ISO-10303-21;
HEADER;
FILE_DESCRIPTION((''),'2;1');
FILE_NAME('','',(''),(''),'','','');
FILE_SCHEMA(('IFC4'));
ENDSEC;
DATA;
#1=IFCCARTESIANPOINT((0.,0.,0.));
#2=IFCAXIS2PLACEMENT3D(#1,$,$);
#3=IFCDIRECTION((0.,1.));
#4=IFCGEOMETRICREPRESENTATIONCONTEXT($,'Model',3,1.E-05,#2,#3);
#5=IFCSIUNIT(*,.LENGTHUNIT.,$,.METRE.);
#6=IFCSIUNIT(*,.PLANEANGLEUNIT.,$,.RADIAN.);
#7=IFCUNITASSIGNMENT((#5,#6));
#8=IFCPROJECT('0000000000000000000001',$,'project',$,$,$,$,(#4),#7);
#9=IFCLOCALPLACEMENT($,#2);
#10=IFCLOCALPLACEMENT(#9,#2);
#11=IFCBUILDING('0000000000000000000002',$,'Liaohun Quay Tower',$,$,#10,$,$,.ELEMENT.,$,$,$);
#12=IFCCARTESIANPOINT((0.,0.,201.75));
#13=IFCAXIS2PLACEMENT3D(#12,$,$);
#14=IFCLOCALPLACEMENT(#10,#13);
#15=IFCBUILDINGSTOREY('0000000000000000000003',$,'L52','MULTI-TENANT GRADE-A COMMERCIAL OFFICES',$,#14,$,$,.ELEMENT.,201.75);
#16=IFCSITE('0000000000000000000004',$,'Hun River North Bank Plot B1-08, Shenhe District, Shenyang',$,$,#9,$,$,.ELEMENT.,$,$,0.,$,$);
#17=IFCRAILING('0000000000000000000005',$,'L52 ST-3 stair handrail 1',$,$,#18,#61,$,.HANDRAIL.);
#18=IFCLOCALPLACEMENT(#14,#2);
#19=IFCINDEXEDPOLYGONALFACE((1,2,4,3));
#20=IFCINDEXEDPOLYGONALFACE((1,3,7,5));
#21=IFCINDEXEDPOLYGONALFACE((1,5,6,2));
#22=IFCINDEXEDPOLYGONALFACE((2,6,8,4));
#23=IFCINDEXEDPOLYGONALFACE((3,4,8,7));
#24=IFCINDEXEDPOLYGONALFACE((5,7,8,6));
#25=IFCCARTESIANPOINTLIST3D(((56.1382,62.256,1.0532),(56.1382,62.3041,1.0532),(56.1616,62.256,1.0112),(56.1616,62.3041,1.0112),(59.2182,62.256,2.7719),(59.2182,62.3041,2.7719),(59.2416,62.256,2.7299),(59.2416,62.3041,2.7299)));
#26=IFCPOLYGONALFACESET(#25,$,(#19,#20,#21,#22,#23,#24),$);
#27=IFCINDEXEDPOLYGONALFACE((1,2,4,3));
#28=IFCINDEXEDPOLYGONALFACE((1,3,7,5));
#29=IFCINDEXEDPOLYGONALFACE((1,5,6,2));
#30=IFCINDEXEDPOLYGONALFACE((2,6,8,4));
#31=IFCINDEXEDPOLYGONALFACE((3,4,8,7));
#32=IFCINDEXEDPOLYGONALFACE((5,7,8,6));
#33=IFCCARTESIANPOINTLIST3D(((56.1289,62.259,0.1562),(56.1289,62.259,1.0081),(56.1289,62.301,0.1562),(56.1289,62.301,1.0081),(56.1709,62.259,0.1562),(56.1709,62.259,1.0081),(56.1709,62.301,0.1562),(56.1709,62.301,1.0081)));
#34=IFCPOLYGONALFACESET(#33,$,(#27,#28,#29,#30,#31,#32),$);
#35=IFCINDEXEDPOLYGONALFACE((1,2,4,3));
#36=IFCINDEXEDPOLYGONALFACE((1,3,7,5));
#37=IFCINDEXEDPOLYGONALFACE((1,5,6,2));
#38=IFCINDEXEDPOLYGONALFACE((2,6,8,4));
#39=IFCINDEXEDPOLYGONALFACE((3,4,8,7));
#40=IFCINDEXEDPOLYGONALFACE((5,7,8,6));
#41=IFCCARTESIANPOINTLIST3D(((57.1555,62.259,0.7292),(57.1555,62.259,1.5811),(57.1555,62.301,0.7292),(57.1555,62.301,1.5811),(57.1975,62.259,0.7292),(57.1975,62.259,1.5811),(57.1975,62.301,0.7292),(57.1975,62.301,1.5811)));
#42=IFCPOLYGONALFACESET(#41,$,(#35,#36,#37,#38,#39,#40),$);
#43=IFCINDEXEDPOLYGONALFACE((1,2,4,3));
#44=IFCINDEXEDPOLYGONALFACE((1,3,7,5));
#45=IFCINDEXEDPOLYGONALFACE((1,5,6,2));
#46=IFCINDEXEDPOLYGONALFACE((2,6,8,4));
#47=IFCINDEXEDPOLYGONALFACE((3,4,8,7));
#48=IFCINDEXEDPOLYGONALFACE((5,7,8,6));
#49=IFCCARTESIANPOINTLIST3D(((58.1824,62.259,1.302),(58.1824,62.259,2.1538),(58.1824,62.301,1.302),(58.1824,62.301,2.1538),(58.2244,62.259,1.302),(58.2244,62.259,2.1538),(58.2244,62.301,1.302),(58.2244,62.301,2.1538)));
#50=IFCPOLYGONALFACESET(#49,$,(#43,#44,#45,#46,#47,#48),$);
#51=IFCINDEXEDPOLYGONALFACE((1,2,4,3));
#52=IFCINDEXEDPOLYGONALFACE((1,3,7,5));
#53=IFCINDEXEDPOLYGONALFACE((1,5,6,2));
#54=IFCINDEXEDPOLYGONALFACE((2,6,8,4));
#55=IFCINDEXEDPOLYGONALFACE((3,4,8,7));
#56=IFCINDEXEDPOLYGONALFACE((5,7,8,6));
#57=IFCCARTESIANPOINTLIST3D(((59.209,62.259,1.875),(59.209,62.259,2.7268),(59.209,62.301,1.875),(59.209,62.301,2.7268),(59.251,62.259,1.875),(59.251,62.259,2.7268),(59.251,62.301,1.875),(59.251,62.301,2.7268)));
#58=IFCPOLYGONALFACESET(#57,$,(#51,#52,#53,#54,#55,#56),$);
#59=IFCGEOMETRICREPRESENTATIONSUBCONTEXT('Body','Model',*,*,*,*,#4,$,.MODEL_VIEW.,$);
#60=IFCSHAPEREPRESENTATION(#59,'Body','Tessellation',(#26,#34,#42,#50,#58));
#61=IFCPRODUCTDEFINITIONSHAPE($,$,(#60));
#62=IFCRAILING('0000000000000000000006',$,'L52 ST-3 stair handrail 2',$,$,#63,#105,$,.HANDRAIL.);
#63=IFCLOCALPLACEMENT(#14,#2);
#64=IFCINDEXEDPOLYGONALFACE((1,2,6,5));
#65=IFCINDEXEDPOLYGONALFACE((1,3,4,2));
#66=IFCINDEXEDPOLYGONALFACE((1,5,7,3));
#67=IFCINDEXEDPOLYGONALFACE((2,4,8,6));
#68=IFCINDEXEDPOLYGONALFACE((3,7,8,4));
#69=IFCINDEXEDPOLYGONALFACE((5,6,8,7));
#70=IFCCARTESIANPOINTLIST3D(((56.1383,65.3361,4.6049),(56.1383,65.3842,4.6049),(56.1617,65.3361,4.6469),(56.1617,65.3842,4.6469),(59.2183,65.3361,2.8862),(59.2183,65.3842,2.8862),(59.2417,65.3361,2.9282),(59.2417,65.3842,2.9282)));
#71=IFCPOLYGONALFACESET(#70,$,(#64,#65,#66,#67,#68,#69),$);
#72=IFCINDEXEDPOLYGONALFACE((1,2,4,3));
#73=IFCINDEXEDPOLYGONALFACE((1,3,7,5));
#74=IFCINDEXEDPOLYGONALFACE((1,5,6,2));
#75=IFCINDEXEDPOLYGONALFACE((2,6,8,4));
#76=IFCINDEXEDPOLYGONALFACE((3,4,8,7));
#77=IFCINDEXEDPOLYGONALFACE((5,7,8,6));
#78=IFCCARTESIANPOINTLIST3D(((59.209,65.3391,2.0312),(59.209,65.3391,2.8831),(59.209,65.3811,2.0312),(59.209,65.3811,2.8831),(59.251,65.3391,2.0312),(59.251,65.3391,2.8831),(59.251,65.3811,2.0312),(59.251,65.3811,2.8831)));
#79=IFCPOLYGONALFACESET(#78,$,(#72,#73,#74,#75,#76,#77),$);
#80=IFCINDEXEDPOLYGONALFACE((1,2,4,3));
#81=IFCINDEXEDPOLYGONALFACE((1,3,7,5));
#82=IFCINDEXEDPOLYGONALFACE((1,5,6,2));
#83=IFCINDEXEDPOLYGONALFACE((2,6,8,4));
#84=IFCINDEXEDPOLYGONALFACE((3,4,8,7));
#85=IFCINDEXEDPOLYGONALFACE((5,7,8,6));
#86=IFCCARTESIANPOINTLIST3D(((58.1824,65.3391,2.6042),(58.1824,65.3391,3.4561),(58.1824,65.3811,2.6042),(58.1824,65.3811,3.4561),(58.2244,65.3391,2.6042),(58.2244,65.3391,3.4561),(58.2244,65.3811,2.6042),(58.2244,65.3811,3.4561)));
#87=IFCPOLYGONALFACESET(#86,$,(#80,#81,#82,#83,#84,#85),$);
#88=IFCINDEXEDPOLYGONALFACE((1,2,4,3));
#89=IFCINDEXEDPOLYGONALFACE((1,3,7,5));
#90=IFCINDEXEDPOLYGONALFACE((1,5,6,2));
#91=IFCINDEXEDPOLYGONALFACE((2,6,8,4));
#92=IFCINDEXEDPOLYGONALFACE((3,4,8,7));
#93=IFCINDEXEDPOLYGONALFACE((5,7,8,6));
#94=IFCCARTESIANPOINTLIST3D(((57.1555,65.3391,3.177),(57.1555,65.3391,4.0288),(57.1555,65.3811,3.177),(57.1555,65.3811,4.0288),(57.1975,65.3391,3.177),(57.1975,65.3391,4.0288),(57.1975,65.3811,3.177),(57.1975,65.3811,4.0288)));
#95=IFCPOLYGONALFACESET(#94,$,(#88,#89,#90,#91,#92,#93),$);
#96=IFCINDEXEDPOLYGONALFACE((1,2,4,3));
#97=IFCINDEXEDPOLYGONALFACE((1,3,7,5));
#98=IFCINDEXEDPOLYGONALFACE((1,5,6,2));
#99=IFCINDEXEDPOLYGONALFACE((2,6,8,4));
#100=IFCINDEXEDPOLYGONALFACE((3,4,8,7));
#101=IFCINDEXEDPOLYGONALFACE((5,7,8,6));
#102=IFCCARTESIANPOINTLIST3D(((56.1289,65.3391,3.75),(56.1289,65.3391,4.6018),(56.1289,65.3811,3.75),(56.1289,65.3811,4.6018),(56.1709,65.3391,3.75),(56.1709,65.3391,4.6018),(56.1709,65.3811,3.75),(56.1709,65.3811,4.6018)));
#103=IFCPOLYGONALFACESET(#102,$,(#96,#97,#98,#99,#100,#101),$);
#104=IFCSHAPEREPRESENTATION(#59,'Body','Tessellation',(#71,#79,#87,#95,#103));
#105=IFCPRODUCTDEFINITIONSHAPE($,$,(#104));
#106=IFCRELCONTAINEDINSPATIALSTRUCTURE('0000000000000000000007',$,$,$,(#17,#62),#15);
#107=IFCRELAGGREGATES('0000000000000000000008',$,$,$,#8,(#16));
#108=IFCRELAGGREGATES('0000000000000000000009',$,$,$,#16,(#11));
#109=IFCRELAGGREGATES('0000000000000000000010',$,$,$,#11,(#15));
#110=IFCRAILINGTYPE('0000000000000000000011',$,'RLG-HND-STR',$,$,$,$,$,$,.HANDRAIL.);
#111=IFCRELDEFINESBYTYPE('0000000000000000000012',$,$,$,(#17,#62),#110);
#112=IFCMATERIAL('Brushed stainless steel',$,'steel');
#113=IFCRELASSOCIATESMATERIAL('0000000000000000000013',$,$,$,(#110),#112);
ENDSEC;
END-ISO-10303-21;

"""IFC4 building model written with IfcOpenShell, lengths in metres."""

from ifc_helpers import new_model, si_unit, direction, frame, origin, origin_2d, place, context, subcontext, project, spatial, rectangle, extrude, material, type_object, element, save


model = new_model("IFC4")

# Units and contexts
model_context = context("Model", 3, precision=1e-05, world=origin(), true_north=direction((0.0, 1.0)))
body_context = subcontext(model_context, "Body", "Model", "MODEL_VIEW")
ifc_project = project(units=[si_unit("LENGTHUNIT", "METRE"), si_unit("PLANEANGLEUNIT", "RADIAN")], contexts=[model_context])

# Site, building, storey
site_placement = place(None, origin())
site = spatial("IfcSite", under=ifc_project, at=site_placement, Name="Hun River North Bank Plot B1-08, Shenhe District, Shenyang", CompositionType="ELEMENT", RefElevation=0.0)
building_placement = place(site_placement, origin())
building = spatial("IfcBuilding", under=site, at=building_placement, Name="Liaohun Quay Tower", CompositionType="ELEMENT")
storey_placement = place(building_placement, frame((0.0, 0.0, 201.75)))
storey = spatial("IfcBuildingStorey", under=building, at=storey_placement, Name="L52", Description="MULTI-TENANT GRADE-A COMMERCIAL OFFICES", CompositionType="ELEMENT", Elevation=201.75)

# Railings
ifc_material_1 = material(Name="Brushed stainless steel", Category="steel")
railing_type_1 = type_object("IfcRailingType", Name="RLG-HND-STR", PredefinedType="HANDRAIL", material=ifc_material_1)
railing_1_placement = place(storey_placement, frame((56.1499, 62.28, 0.1562)))
element("IfcRailing", 1, at=railing_1_placement, inside=storey, type_object=railing_type_1, Name="L52 ST-3 stair handrail 1", PredefinedType="HANDRAIL", context=body_context, shape_type="SweptSolid", body=[
    extrude(rectangle(XDim=0.0481, YDim=0.0481, at=origin_2d()), frame((0.0, 0.0, 0.876), z_axis=(0.873242, 0.0, 0.487288), x_axis=(0.0, 1.0, 0.0)), (0.0, 0.0, 1.0), 3.5271),
    extrude(rectangle(XDim=0.042, YDim=0.042, at=origin_2d()), origin(), (0.0, 0.0, 1.0), 0.8518),
    extrude(rectangle(XDim=0.042, YDim=0.042, at=origin_2d()), frame((1.0266, 0.0, 0.573)), (0.0, 0.0, 1.0), 0.8518),
    extrude(rectangle(XDim=0.042, YDim=0.042, at=origin_2d()), frame((2.0535, 0.0, 1.1458)), (0.0, 0.0, 1.0), 0.8518),
    extrude(rectangle(XDim=0.042, YDim=0.042, at=origin_2d()), frame((3.0801, 0.0, 1.7188)), (0.0, 0.0, 1.0), 0.8518),
])
railing_2_placement = place(storey_placement, frame((59.23, 65.3601, 2.0312)))
element("IfcRailing", 2, at=railing_2_placement, inside=storey, type_object=railing_type_1, Name="L52 ST-3 stair handrail 2", PredefinedType="HANDRAIL", context=body_context, shape_type="SweptSolid", body=[
    extrude(rectangle(XDim=0.0481, YDim=0.0481, at=origin_2d()), frame((0.0, 0.0, 0.876), z_axis=(-0.873242, 0.0, 0.487288), x_axis=(0.0, -1.0, 0.0)), (0.0, 0.0, 1.0), 3.5271),
    extrude(rectangle(XDim=0.042, YDim=0.042, at=origin_2d()), origin(), (0.0, 0.0, 1.0), 0.8518),
    extrude(rectangle(XDim=0.042, YDim=0.042, at=origin_2d()), frame((-1.0266, 0.0, 0.573)), (0.0, 0.0, 1.0), 0.8518),
    extrude(rectangle(XDim=0.042, YDim=0.042, at=origin_2d()), frame((-2.0535, 0.0, 1.1458)), (0.0, 0.0, 1.0), 0.8518),
    extrude(rectangle(XDim=0.042, YDim=0.042, at=origin_2d()), frame((-3.0801, 0.0, 1.7188)), (0.0, 0.0, 1.0), 0.8518),
])

save(model, "model.ifc")
